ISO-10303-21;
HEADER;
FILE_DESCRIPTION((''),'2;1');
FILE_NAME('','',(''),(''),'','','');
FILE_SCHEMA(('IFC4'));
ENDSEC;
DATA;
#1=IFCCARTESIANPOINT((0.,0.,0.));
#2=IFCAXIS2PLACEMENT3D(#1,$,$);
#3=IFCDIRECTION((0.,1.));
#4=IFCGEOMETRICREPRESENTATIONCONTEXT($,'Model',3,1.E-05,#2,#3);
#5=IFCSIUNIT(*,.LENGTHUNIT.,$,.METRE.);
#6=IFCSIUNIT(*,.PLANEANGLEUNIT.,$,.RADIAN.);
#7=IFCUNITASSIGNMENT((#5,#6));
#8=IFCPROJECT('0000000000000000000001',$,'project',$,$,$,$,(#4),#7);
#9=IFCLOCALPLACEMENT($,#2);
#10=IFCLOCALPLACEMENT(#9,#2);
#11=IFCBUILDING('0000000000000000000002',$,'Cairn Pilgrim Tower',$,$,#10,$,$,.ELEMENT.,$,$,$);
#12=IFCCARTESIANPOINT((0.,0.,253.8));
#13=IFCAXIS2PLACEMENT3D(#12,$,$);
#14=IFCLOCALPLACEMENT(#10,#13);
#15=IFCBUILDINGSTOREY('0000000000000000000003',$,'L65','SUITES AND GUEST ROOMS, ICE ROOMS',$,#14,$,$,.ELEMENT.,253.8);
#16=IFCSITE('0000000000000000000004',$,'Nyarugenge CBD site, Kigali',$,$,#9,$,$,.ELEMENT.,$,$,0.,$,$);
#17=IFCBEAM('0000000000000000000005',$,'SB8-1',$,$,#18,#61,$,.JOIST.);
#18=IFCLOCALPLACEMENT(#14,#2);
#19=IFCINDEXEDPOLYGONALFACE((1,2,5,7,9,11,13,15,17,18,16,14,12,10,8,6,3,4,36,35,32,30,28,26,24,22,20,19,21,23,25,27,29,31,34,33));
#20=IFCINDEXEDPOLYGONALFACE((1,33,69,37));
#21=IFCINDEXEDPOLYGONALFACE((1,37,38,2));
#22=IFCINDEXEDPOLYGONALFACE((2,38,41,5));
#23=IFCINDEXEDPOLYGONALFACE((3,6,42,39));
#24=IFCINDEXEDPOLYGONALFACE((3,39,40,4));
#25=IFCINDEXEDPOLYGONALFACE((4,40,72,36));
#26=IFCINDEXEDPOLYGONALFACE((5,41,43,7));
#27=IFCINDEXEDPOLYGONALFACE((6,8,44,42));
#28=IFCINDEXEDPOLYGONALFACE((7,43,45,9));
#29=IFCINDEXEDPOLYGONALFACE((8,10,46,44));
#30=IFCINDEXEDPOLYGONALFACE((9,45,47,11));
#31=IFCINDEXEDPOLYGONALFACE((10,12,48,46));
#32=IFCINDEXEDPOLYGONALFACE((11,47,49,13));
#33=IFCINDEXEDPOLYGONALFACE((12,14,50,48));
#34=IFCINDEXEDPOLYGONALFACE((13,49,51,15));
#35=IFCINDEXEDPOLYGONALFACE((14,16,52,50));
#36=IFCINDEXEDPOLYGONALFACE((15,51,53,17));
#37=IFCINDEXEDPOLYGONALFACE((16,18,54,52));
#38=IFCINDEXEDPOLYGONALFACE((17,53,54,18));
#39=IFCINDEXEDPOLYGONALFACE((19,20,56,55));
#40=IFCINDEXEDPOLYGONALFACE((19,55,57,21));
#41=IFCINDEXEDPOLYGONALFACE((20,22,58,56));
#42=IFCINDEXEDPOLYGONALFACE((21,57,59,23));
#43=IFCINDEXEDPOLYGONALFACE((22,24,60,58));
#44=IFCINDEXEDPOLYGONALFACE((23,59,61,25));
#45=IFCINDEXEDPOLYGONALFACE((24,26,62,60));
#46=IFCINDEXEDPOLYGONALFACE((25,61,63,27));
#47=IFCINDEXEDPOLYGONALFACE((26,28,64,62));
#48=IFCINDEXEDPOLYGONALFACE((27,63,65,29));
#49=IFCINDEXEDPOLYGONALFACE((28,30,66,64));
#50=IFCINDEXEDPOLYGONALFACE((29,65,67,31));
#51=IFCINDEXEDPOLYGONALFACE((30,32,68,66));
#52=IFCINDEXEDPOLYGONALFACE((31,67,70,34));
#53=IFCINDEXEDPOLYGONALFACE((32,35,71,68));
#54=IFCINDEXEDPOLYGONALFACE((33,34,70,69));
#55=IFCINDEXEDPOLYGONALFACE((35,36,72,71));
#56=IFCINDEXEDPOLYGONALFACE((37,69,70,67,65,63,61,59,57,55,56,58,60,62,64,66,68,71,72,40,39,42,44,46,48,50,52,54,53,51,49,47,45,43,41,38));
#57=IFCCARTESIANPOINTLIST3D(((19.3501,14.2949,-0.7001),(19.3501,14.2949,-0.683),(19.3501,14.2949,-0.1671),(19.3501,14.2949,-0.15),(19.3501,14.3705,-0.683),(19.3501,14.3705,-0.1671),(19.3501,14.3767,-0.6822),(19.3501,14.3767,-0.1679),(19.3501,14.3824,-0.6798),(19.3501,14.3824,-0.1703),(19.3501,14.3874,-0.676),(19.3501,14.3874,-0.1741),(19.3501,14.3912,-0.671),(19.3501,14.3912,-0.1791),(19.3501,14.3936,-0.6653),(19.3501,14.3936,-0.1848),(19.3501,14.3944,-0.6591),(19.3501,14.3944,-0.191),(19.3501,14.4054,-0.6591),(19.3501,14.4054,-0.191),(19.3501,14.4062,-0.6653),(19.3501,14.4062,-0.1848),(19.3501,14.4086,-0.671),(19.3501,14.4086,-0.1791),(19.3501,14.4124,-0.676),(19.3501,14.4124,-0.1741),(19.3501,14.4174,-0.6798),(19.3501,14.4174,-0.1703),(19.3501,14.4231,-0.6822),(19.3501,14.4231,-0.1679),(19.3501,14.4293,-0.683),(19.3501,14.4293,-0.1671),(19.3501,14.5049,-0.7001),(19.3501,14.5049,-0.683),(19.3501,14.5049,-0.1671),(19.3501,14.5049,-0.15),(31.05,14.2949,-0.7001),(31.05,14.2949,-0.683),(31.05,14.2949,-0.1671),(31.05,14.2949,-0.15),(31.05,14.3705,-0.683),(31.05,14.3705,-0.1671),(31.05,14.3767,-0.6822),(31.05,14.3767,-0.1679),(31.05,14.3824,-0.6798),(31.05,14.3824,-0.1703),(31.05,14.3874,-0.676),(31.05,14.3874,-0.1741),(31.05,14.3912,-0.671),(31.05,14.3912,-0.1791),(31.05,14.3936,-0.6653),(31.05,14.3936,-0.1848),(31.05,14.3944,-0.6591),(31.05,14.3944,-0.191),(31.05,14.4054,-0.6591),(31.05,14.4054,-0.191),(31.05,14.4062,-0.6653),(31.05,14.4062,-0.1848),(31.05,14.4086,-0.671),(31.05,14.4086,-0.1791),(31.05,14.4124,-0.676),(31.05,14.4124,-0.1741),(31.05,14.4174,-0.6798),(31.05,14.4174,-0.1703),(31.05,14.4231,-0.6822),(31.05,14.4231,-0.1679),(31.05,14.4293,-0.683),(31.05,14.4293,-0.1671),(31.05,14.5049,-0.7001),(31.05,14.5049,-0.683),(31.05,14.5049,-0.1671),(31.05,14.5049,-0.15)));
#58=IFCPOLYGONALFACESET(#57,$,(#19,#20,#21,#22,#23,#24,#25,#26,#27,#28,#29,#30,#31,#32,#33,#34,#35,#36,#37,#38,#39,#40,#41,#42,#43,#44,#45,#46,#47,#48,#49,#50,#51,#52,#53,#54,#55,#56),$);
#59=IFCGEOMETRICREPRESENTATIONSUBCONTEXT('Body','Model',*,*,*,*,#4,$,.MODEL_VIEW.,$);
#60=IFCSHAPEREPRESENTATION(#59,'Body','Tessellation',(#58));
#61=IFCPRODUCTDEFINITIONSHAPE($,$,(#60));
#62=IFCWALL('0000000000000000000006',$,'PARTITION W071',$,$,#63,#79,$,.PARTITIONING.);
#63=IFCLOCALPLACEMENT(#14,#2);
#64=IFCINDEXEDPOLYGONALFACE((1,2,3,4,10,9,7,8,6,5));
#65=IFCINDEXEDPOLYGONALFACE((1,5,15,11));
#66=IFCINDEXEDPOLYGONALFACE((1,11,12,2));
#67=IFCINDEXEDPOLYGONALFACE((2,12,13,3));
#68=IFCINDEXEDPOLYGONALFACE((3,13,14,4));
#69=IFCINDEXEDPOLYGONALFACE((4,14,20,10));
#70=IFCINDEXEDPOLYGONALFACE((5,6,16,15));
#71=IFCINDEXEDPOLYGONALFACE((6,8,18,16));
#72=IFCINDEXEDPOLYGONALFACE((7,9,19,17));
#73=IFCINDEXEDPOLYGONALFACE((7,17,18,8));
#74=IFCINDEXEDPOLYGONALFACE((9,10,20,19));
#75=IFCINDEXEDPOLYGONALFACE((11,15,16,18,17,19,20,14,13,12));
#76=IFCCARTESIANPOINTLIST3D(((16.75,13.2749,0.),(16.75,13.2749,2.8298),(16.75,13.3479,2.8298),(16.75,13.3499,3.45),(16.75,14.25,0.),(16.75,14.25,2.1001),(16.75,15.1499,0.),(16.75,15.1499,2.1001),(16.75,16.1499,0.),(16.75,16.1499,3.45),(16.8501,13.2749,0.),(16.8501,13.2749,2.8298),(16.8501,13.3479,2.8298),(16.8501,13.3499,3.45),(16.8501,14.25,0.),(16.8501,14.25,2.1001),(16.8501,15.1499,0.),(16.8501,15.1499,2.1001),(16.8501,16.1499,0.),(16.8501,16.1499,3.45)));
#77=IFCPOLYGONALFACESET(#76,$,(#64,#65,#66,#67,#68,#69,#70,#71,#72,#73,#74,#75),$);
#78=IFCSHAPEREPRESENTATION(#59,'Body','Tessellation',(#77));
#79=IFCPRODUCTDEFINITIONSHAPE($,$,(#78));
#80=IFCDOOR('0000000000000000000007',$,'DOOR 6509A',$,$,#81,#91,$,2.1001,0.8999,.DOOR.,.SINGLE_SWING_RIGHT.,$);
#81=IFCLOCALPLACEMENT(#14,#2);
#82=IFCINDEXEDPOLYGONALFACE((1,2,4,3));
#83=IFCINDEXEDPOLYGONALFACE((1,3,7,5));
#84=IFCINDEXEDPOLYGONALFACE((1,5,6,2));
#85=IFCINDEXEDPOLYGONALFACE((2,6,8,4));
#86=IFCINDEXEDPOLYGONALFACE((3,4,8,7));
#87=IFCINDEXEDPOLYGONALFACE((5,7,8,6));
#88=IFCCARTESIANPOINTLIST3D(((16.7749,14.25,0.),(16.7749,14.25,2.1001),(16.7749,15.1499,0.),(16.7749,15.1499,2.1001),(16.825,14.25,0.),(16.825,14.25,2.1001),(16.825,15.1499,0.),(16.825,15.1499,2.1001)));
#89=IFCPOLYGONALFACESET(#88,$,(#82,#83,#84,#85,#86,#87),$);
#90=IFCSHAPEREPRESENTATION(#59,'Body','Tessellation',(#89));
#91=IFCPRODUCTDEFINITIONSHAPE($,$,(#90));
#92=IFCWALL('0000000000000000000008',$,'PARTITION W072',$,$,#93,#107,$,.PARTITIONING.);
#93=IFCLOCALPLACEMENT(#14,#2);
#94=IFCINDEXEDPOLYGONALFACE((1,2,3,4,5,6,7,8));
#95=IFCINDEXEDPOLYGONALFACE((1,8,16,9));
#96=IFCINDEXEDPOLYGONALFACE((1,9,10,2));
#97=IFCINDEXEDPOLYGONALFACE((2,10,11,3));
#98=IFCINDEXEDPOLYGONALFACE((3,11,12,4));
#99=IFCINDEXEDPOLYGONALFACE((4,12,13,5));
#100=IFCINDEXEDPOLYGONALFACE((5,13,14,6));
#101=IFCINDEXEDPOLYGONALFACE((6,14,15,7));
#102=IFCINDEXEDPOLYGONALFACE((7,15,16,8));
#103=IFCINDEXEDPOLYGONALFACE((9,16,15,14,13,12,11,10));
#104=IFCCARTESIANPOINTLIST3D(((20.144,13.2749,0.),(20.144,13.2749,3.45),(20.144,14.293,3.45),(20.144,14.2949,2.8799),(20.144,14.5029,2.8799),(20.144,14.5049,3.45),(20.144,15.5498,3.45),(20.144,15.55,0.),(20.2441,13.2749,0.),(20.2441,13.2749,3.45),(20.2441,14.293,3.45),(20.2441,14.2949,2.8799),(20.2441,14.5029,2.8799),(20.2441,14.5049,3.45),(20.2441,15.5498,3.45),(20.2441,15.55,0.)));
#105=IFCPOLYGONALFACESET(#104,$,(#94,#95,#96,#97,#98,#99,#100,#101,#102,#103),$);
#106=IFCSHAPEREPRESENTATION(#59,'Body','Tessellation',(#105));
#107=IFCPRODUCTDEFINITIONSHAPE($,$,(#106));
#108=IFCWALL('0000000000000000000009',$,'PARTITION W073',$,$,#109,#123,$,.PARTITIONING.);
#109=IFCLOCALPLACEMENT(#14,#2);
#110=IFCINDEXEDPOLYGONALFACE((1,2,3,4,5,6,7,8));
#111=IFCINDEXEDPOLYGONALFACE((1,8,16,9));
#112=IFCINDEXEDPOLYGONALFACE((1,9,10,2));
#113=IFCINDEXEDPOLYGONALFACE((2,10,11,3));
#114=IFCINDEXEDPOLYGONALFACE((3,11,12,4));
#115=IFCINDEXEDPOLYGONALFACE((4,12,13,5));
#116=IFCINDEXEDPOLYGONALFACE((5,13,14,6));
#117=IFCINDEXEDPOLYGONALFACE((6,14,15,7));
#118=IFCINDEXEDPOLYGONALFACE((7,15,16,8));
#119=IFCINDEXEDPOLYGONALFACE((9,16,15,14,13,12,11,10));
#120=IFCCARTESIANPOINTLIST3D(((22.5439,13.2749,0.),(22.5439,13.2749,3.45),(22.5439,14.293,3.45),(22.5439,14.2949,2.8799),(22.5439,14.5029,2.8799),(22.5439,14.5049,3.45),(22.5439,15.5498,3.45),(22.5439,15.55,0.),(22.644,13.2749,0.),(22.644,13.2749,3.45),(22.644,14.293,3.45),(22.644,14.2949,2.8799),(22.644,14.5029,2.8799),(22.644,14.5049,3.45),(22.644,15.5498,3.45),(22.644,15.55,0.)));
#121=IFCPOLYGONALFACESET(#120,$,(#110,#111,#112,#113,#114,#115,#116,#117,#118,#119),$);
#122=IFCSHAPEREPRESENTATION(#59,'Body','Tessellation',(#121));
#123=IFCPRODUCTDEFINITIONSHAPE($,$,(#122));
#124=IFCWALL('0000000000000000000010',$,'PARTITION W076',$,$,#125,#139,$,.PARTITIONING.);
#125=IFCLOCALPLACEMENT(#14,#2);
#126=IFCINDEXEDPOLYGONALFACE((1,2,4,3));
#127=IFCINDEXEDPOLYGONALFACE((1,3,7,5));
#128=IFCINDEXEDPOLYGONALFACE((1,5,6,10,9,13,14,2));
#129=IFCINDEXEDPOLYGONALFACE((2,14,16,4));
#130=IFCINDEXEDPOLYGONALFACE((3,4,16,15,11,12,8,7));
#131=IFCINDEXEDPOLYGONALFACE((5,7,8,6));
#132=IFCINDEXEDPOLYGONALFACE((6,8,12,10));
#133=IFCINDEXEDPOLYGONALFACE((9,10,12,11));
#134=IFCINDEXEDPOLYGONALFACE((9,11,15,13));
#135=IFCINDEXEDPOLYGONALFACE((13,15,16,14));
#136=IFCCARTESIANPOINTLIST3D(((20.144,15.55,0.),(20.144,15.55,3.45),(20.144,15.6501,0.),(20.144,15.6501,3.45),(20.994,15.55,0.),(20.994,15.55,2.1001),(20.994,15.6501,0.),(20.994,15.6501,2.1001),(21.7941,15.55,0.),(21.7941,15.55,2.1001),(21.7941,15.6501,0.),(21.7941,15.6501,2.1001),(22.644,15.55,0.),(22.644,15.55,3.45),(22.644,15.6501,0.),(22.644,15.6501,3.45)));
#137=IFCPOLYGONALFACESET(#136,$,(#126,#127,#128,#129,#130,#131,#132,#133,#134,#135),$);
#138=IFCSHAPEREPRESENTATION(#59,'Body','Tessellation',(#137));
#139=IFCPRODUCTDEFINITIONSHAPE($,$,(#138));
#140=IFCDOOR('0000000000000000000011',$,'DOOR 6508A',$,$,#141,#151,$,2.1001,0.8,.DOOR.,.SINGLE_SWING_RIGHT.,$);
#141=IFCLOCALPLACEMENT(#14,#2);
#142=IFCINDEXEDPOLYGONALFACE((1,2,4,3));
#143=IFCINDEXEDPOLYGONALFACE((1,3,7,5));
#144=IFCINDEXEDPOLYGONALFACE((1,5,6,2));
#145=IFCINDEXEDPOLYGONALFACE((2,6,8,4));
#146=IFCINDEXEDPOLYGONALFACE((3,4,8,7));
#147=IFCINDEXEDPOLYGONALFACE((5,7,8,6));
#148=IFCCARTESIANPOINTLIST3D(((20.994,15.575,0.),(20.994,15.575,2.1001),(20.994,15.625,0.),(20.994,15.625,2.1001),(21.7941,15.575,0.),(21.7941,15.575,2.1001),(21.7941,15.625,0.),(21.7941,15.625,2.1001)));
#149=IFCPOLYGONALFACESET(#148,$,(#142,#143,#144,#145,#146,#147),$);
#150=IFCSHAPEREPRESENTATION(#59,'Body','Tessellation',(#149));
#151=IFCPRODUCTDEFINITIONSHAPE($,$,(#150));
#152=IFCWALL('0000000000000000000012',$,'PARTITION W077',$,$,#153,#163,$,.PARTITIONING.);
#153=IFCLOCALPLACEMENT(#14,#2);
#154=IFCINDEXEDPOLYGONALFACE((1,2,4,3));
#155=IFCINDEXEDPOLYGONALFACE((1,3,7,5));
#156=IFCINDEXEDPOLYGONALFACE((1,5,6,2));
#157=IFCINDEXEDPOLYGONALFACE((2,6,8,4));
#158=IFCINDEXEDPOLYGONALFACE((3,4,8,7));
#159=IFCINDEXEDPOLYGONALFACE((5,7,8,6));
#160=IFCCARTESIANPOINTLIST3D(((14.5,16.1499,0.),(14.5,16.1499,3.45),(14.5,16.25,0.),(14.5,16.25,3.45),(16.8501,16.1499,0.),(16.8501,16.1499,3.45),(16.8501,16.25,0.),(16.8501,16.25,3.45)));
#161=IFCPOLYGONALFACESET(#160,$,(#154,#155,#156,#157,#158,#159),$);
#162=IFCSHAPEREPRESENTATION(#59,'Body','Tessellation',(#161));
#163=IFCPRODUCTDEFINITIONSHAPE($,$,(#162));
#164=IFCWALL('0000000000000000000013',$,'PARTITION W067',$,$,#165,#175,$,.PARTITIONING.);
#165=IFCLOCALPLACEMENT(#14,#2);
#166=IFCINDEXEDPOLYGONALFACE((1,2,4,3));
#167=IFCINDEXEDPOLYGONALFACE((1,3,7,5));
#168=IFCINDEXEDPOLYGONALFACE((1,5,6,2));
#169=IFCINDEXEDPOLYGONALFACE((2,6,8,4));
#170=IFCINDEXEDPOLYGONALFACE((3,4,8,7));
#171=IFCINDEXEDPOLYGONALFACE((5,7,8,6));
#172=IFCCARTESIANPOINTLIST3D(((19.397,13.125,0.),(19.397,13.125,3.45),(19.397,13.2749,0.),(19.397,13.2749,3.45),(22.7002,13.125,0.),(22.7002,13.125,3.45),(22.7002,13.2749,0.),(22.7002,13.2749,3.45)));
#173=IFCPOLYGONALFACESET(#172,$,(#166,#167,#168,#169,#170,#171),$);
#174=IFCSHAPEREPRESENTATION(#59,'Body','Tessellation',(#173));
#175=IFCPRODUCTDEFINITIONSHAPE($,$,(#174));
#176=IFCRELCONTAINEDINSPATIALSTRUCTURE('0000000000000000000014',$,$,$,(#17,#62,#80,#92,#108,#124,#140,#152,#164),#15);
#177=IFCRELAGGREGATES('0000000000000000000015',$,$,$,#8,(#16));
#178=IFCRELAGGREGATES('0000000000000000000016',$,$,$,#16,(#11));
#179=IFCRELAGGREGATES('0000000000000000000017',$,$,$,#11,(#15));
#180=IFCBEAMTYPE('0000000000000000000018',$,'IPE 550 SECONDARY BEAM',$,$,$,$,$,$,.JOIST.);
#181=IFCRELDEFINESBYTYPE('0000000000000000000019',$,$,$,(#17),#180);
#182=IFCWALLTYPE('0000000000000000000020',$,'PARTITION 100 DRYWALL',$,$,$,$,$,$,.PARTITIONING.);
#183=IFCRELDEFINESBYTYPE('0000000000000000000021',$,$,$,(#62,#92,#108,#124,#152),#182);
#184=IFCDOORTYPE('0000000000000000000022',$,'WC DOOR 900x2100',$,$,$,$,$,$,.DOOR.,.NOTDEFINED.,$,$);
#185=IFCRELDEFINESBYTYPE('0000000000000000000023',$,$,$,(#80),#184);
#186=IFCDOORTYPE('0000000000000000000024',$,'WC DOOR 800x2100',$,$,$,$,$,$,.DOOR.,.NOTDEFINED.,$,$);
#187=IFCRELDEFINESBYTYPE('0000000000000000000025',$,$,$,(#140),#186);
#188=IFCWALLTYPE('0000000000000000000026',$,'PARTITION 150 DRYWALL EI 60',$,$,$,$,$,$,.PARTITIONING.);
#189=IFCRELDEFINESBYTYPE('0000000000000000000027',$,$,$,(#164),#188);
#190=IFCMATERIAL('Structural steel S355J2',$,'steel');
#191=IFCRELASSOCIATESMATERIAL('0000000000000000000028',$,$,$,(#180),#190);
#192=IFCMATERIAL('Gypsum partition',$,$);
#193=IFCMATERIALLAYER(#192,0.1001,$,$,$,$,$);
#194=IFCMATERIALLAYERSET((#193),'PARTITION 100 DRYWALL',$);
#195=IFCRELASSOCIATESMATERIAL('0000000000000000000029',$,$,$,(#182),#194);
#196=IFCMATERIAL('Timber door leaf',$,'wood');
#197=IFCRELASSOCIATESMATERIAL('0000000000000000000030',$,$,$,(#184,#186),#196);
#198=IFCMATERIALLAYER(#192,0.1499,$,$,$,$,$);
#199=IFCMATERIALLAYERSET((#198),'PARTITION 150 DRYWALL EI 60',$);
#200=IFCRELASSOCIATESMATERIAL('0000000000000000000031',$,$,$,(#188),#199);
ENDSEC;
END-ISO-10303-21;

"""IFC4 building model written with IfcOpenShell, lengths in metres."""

from ifc_helpers import new_model, si_unit, direction, frame, frame_2d, origin, origin_2d, place, context, subcontext, project, spatial, polyline, rectangle, i_section, outline, extrude, material, layer, layer_set, material_profile, profile_set, type_object, element, fill, save


model = new_model("IFC4")

# Units and contexts
model_context = context("Model", 3, precision=1e-05, world=origin(), true_north=direction((0.0, 1.0)))
body_context = subcontext(model_context, "Body", "Model", "MODEL_VIEW")
ifc_project = project(units=[si_unit("LENGTHUNIT", "METRE"), si_unit("PLANEANGLEUNIT", "RADIAN")], contexts=[model_context])

# Site, building, storey
site_placement = place(None, origin())
site = spatial("IfcSite", under=ifc_project, at=site_placement, Name="Nyarugenge CBD site, Kigali", CompositionType="ELEMENT", RefElevation=0.0)
building_placement = place(site_placement, origin())
building = spatial("IfcBuilding", under=site, at=building_placement, Name="Cairn Pilgrim Tower", CompositionType="ELEMENT")
storey_placement = place(building_placement, frame((0.0, 0.0, 253.8)))
storey = spatial("IfcBuildingStorey", under=building, at=storey_placement, Name="L65", Description="SUITES AND GUEST ROOMS, ICE ROOMS", CompositionType="ELEMENT", Elevation=253.8)

# Shared definitions
ifc_material_1 = material(Name="Structural steel S355J2", Category="steel")

# Beam
ifc_material_profile_1 = material_profile(ifc_material_1, i_section(OverallWidth=0.21, OverallDepth=0.55, WebThickness=0.011, FlangeThickness=0.0171, FilletRadius=0.0239, at=origin_2d()), Name="IPE 550")
ifc_profile_set_1 = profile_set([ifc_material_profile_1], Name="Structural steel S355J2")
beam_type_1 = type_object("IfcBeamType", Name="IPE 550 SECONDARY BEAM", PredefinedType="JOIST", material=ifc_profile_set_1)
beam_1_placement = place(storey_placement, frame((19.3501, 14.3999, -0.425), z_axis=(1.0, 0.0, 0.0), x_axis=(0.0, 1.0, 0.0)))
element("IfcBeam", 1, at=beam_1_placement, inside=storey, type_object=beam_type_1, Name="SB8-1", PredefinedType="JOIST", context=body_context, shape_type="SweptSolid", body=[
    extrude(i_section(OverallWidth=0.21, OverallDepth=0.55, WebThickness=0.011, FlangeThickness=0.0171, FilletRadius=0.0239, at=origin_2d()), origin(), (0.0, 0.0, 1.0), 11.7),
])

# Wall, opening, door
ifc_material_2 = material(Name="Gypsum partition")
ifc_layer_1 = layer(ifc_material_2, 0.1001)
ifc_layer_set_1 = layer_set([ifc_layer_1], Name="PARTITION 100 DRYWALL")
wall_type_1 = type_object("IfcWallType", Name="PARTITION 100 DRYWALL", PredefinedType="PARTITIONING", material=ifc_layer_set_1)
wall_1_placement = place(storey_placement, frame((16.8, 13.2749, 0.0), z_axis=(0.0, 0.0, 1.0), x_axis=(0.0, 1.0, 0.0)))
wall_1 = element("IfcWall", 2, at=wall_1_placement, inside=storey, type_object=wall_type_1, Name="PARTITION W071", PredefinedType="PARTITIONING", context=body_context, shape_type="SweptSolid", body=[
    extrude(outline(polyline([(0.0, 0.0), (2.875, 0.0), (2.875, 3.45), (0.075, 3.45), (0.073, 2.8298), (0.0, 2.8298), (0.0, 0.0)])), frame((0.0, 0.05, 0.0), z_axis=(0.0, -1.0, 0.0), x_axis=(1.0, 0.0, 0.0)), (0.0, 0.0, 1.0), 0.1001),
])
opening_1_placement = place(wall_1_placement, frame((0.9751, 0.0, 0.0)))
opening_1 = element("IfcOpeningElement", 3, at=opening_1_placement, cuts=wall_1, PredefinedType="OPENING", context=body_context, shape_type="SweptSolid", body=[
    extrude(rectangle(XDim=0.8999, YDim=2.1001, at=frame_2d((0.45, 1.05))), frame((0.0, 0.0601, 0.0), z_axis=(0.0, -1.0, 0.0), x_axis=(1.0, 0.0, 0.0)), (0.0, 0.0, 1.0), 0.1201),
])
ifc_material_3 = material(Name="Timber door leaf", Category="wood")
door_type_1 = type_object("IfcDoorType", Name="WC DOOR 900x2100", OperationType="NOTDEFINED", PredefinedType="DOOR", material=ifc_material_3)
door_1_placement = place(opening_1_placement, frame((0.8999, 0.0, 0.0), z_axis=(0.0, 0.0, 1.0), x_axis=(-1.0, 0.0, 0.0)))
door_1 = element("IfcDoor", 4, at=door_1_placement, inside=storey, type_object=door_type_1, Name="DOOR 6509A", OperationType="SINGLE_SWING_RIGHT", OverallHeight=2.1001, OverallWidth=0.8999, PredefinedType="DOOR", context=body_context, shape_type="SweptSolid", body=[
    extrude(rectangle(XDim=0.8999, YDim=2.1001, at=frame_2d((0.45, 1.05))), frame((0.0, 0.0249, 0.0), z_axis=(0.0, -1.0, 0.0), x_axis=(1.0, 0.0, 0.0)), (0.0, 0.0, 1.0), 0.05),
])
fill(opening_1, door_1)

# Walls
for number, where, z_axis, x_axis, name in (
    (5, (20.1941, 13.2749, 0.0), (0.0, 0.0, 1.0), (0.0, 1.0, 0.0), "PARTITION W072"),
    (6, (22.594, 13.2749, 0.0), (0.0, 0.0, 1.0), (0.0, 1.0, 0.0), "PARTITION W073"),
):
    element("IfcWall", number, at=place(storey_placement, frame(where, z_axis=z_axis, x_axis=x_axis)), inside=storey, type_object=wall_type_1, Name=name, PredefinedType="PARTITIONING", context=body_context, shape_type="SweptSolid", body=[
        extrude(outline(polyline([(0.0, 0.0), (2.2751, 0.0), (2.2749, 3.45), (1.23, 3.45), (1.228, 2.8799), (1.02, 2.8799), (1.0181, 3.45), (0.0, 3.45), (0.0, 0.0)])), frame((0.0, 0.05, 0.0), z_axis=(0.0, -1.0, 0.0), x_axis=(1.0, 0.0, 0.0)), (0.0, 0.0, 1.0), 0.1001),
    ])

# Wall, opening, door
wall_2_placement = place(storey_placement, frame((20.144, 15.6001, 0.0), z_axis=(0.0, 0.0, 1.0), x_axis=(1.0, 0.0, 0.0)))
wall_2 = element("IfcWall", 7, at=wall_2_placement, inside=storey, type_object=wall_type_1, Name="PARTITION W076", PredefinedType="PARTITIONING", context=body_context, shape_type="SweptSolid", body=[
    extrude(rectangle(XDim=2.5, YDim=0.1001, at=frame_2d((1.25, 0.0))), origin(), (0.0, 0.0, 1.0), 3.45),
])
opening_2_placement = place(wall_2_placement, frame((0.8501, 0.0, 0.0)))
opening_2 = element("IfcOpeningElement", 8, at=opening_2_placement, cuts=wall_2, PredefinedType="OPENING", context=body_context, shape_type="SweptSolid", body=[
    extrude(rectangle(XDim=0.8, YDim=2.1001, at=frame_2d((0.3999, 1.05))), frame((0.0, 0.0601, 0.0), z_axis=(0.0, -1.0, 0.0), x_axis=(1.0, 0.0, 0.0)), (0.0, 0.0, 1.0), 0.1201),
])
door_type_2 = type_object("IfcDoorType", Name="WC DOOR 800x2100", OperationType="NOTDEFINED", PredefinedType="DOOR", material=ifc_material_3)
door_2_placement = place(opening_2_placement, origin())
door_2 = element("IfcDoor", 9, at=door_2_placement, inside=storey, type_object=door_type_2, Name="DOOR 6508A", OperationType="SINGLE_SWING_RIGHT", OverallHeight=2.1001, OverallWidth=0.8, PredefinedType="DOOR", context=body_context, shape_type="SweptSolid", body=[
    extrude(rectangle(XDim=0.8, YDim=2.1001, at=frame_2d((0.3999, 1.05))), frame((0.0, 0.0249, 0.0), z_axis=(0.0, -1.0, 0.0), x_axis=(1.0, 0.0, 0.0)), (0.0, 0.0, 1.0), 0.05),
])
fill(opening_2, door_2)

# Walls
wall_3_placement = place(storey_placement, frame((14.5, 16.2, 0.0), z_axis=(0.0, 0.0, 1.0), x_axis=(1.0, 0.0, 0.0)))
element("IfcWall", 10, at=wall_3_placement, inside=storey, type_object=wall_type_1, Name="PARTITION W077", PredefinedType="PARTITIONING", context=body_context, shape_type="SweptSolid", body=[
    extrude(rectangle(XDim=2.3501, YDim=0.1001, at=frame_2d((1.175, 0.0))), origin(), (0.0, 0.0, 1.0), 3.45),
])
ifc_layer_2 = layer(ifc_material_2, 0.1499)
ifc_layer_set_2 = layer_set([ifc_layer_2], Name="PARTITION 150 DRYWALL EI 60")
wall_type_2 = type_object("IfcWallType", Name="PARTITION 150 DRYWALL EI 60", PredefinedType="PARTITIONING", material=ifc_layer_set_2)
wall_4_placement = place(storey_placement, frame((19.397, 13.2, 0.0), z_axis=(0.0, 0.0, 1.0), x_axis=(1.0, 0.0, 0.0)))
element("IfcWall", 11, at=wall_4_placement, inside=storey, type_object=wall_type_2, Name="PARTITION W067", PredefinedType="PARTITIONING", context=body_context, shape_type="SweptSolid", body=[
    extrude(rectangle(XDim=3.3032, YDim=0.1499, at=frame_2d((1.6516, 0.0))), origin(), (0.0, 0.0, 1.0), 3.45),
])

save(model, "model.ifc")
